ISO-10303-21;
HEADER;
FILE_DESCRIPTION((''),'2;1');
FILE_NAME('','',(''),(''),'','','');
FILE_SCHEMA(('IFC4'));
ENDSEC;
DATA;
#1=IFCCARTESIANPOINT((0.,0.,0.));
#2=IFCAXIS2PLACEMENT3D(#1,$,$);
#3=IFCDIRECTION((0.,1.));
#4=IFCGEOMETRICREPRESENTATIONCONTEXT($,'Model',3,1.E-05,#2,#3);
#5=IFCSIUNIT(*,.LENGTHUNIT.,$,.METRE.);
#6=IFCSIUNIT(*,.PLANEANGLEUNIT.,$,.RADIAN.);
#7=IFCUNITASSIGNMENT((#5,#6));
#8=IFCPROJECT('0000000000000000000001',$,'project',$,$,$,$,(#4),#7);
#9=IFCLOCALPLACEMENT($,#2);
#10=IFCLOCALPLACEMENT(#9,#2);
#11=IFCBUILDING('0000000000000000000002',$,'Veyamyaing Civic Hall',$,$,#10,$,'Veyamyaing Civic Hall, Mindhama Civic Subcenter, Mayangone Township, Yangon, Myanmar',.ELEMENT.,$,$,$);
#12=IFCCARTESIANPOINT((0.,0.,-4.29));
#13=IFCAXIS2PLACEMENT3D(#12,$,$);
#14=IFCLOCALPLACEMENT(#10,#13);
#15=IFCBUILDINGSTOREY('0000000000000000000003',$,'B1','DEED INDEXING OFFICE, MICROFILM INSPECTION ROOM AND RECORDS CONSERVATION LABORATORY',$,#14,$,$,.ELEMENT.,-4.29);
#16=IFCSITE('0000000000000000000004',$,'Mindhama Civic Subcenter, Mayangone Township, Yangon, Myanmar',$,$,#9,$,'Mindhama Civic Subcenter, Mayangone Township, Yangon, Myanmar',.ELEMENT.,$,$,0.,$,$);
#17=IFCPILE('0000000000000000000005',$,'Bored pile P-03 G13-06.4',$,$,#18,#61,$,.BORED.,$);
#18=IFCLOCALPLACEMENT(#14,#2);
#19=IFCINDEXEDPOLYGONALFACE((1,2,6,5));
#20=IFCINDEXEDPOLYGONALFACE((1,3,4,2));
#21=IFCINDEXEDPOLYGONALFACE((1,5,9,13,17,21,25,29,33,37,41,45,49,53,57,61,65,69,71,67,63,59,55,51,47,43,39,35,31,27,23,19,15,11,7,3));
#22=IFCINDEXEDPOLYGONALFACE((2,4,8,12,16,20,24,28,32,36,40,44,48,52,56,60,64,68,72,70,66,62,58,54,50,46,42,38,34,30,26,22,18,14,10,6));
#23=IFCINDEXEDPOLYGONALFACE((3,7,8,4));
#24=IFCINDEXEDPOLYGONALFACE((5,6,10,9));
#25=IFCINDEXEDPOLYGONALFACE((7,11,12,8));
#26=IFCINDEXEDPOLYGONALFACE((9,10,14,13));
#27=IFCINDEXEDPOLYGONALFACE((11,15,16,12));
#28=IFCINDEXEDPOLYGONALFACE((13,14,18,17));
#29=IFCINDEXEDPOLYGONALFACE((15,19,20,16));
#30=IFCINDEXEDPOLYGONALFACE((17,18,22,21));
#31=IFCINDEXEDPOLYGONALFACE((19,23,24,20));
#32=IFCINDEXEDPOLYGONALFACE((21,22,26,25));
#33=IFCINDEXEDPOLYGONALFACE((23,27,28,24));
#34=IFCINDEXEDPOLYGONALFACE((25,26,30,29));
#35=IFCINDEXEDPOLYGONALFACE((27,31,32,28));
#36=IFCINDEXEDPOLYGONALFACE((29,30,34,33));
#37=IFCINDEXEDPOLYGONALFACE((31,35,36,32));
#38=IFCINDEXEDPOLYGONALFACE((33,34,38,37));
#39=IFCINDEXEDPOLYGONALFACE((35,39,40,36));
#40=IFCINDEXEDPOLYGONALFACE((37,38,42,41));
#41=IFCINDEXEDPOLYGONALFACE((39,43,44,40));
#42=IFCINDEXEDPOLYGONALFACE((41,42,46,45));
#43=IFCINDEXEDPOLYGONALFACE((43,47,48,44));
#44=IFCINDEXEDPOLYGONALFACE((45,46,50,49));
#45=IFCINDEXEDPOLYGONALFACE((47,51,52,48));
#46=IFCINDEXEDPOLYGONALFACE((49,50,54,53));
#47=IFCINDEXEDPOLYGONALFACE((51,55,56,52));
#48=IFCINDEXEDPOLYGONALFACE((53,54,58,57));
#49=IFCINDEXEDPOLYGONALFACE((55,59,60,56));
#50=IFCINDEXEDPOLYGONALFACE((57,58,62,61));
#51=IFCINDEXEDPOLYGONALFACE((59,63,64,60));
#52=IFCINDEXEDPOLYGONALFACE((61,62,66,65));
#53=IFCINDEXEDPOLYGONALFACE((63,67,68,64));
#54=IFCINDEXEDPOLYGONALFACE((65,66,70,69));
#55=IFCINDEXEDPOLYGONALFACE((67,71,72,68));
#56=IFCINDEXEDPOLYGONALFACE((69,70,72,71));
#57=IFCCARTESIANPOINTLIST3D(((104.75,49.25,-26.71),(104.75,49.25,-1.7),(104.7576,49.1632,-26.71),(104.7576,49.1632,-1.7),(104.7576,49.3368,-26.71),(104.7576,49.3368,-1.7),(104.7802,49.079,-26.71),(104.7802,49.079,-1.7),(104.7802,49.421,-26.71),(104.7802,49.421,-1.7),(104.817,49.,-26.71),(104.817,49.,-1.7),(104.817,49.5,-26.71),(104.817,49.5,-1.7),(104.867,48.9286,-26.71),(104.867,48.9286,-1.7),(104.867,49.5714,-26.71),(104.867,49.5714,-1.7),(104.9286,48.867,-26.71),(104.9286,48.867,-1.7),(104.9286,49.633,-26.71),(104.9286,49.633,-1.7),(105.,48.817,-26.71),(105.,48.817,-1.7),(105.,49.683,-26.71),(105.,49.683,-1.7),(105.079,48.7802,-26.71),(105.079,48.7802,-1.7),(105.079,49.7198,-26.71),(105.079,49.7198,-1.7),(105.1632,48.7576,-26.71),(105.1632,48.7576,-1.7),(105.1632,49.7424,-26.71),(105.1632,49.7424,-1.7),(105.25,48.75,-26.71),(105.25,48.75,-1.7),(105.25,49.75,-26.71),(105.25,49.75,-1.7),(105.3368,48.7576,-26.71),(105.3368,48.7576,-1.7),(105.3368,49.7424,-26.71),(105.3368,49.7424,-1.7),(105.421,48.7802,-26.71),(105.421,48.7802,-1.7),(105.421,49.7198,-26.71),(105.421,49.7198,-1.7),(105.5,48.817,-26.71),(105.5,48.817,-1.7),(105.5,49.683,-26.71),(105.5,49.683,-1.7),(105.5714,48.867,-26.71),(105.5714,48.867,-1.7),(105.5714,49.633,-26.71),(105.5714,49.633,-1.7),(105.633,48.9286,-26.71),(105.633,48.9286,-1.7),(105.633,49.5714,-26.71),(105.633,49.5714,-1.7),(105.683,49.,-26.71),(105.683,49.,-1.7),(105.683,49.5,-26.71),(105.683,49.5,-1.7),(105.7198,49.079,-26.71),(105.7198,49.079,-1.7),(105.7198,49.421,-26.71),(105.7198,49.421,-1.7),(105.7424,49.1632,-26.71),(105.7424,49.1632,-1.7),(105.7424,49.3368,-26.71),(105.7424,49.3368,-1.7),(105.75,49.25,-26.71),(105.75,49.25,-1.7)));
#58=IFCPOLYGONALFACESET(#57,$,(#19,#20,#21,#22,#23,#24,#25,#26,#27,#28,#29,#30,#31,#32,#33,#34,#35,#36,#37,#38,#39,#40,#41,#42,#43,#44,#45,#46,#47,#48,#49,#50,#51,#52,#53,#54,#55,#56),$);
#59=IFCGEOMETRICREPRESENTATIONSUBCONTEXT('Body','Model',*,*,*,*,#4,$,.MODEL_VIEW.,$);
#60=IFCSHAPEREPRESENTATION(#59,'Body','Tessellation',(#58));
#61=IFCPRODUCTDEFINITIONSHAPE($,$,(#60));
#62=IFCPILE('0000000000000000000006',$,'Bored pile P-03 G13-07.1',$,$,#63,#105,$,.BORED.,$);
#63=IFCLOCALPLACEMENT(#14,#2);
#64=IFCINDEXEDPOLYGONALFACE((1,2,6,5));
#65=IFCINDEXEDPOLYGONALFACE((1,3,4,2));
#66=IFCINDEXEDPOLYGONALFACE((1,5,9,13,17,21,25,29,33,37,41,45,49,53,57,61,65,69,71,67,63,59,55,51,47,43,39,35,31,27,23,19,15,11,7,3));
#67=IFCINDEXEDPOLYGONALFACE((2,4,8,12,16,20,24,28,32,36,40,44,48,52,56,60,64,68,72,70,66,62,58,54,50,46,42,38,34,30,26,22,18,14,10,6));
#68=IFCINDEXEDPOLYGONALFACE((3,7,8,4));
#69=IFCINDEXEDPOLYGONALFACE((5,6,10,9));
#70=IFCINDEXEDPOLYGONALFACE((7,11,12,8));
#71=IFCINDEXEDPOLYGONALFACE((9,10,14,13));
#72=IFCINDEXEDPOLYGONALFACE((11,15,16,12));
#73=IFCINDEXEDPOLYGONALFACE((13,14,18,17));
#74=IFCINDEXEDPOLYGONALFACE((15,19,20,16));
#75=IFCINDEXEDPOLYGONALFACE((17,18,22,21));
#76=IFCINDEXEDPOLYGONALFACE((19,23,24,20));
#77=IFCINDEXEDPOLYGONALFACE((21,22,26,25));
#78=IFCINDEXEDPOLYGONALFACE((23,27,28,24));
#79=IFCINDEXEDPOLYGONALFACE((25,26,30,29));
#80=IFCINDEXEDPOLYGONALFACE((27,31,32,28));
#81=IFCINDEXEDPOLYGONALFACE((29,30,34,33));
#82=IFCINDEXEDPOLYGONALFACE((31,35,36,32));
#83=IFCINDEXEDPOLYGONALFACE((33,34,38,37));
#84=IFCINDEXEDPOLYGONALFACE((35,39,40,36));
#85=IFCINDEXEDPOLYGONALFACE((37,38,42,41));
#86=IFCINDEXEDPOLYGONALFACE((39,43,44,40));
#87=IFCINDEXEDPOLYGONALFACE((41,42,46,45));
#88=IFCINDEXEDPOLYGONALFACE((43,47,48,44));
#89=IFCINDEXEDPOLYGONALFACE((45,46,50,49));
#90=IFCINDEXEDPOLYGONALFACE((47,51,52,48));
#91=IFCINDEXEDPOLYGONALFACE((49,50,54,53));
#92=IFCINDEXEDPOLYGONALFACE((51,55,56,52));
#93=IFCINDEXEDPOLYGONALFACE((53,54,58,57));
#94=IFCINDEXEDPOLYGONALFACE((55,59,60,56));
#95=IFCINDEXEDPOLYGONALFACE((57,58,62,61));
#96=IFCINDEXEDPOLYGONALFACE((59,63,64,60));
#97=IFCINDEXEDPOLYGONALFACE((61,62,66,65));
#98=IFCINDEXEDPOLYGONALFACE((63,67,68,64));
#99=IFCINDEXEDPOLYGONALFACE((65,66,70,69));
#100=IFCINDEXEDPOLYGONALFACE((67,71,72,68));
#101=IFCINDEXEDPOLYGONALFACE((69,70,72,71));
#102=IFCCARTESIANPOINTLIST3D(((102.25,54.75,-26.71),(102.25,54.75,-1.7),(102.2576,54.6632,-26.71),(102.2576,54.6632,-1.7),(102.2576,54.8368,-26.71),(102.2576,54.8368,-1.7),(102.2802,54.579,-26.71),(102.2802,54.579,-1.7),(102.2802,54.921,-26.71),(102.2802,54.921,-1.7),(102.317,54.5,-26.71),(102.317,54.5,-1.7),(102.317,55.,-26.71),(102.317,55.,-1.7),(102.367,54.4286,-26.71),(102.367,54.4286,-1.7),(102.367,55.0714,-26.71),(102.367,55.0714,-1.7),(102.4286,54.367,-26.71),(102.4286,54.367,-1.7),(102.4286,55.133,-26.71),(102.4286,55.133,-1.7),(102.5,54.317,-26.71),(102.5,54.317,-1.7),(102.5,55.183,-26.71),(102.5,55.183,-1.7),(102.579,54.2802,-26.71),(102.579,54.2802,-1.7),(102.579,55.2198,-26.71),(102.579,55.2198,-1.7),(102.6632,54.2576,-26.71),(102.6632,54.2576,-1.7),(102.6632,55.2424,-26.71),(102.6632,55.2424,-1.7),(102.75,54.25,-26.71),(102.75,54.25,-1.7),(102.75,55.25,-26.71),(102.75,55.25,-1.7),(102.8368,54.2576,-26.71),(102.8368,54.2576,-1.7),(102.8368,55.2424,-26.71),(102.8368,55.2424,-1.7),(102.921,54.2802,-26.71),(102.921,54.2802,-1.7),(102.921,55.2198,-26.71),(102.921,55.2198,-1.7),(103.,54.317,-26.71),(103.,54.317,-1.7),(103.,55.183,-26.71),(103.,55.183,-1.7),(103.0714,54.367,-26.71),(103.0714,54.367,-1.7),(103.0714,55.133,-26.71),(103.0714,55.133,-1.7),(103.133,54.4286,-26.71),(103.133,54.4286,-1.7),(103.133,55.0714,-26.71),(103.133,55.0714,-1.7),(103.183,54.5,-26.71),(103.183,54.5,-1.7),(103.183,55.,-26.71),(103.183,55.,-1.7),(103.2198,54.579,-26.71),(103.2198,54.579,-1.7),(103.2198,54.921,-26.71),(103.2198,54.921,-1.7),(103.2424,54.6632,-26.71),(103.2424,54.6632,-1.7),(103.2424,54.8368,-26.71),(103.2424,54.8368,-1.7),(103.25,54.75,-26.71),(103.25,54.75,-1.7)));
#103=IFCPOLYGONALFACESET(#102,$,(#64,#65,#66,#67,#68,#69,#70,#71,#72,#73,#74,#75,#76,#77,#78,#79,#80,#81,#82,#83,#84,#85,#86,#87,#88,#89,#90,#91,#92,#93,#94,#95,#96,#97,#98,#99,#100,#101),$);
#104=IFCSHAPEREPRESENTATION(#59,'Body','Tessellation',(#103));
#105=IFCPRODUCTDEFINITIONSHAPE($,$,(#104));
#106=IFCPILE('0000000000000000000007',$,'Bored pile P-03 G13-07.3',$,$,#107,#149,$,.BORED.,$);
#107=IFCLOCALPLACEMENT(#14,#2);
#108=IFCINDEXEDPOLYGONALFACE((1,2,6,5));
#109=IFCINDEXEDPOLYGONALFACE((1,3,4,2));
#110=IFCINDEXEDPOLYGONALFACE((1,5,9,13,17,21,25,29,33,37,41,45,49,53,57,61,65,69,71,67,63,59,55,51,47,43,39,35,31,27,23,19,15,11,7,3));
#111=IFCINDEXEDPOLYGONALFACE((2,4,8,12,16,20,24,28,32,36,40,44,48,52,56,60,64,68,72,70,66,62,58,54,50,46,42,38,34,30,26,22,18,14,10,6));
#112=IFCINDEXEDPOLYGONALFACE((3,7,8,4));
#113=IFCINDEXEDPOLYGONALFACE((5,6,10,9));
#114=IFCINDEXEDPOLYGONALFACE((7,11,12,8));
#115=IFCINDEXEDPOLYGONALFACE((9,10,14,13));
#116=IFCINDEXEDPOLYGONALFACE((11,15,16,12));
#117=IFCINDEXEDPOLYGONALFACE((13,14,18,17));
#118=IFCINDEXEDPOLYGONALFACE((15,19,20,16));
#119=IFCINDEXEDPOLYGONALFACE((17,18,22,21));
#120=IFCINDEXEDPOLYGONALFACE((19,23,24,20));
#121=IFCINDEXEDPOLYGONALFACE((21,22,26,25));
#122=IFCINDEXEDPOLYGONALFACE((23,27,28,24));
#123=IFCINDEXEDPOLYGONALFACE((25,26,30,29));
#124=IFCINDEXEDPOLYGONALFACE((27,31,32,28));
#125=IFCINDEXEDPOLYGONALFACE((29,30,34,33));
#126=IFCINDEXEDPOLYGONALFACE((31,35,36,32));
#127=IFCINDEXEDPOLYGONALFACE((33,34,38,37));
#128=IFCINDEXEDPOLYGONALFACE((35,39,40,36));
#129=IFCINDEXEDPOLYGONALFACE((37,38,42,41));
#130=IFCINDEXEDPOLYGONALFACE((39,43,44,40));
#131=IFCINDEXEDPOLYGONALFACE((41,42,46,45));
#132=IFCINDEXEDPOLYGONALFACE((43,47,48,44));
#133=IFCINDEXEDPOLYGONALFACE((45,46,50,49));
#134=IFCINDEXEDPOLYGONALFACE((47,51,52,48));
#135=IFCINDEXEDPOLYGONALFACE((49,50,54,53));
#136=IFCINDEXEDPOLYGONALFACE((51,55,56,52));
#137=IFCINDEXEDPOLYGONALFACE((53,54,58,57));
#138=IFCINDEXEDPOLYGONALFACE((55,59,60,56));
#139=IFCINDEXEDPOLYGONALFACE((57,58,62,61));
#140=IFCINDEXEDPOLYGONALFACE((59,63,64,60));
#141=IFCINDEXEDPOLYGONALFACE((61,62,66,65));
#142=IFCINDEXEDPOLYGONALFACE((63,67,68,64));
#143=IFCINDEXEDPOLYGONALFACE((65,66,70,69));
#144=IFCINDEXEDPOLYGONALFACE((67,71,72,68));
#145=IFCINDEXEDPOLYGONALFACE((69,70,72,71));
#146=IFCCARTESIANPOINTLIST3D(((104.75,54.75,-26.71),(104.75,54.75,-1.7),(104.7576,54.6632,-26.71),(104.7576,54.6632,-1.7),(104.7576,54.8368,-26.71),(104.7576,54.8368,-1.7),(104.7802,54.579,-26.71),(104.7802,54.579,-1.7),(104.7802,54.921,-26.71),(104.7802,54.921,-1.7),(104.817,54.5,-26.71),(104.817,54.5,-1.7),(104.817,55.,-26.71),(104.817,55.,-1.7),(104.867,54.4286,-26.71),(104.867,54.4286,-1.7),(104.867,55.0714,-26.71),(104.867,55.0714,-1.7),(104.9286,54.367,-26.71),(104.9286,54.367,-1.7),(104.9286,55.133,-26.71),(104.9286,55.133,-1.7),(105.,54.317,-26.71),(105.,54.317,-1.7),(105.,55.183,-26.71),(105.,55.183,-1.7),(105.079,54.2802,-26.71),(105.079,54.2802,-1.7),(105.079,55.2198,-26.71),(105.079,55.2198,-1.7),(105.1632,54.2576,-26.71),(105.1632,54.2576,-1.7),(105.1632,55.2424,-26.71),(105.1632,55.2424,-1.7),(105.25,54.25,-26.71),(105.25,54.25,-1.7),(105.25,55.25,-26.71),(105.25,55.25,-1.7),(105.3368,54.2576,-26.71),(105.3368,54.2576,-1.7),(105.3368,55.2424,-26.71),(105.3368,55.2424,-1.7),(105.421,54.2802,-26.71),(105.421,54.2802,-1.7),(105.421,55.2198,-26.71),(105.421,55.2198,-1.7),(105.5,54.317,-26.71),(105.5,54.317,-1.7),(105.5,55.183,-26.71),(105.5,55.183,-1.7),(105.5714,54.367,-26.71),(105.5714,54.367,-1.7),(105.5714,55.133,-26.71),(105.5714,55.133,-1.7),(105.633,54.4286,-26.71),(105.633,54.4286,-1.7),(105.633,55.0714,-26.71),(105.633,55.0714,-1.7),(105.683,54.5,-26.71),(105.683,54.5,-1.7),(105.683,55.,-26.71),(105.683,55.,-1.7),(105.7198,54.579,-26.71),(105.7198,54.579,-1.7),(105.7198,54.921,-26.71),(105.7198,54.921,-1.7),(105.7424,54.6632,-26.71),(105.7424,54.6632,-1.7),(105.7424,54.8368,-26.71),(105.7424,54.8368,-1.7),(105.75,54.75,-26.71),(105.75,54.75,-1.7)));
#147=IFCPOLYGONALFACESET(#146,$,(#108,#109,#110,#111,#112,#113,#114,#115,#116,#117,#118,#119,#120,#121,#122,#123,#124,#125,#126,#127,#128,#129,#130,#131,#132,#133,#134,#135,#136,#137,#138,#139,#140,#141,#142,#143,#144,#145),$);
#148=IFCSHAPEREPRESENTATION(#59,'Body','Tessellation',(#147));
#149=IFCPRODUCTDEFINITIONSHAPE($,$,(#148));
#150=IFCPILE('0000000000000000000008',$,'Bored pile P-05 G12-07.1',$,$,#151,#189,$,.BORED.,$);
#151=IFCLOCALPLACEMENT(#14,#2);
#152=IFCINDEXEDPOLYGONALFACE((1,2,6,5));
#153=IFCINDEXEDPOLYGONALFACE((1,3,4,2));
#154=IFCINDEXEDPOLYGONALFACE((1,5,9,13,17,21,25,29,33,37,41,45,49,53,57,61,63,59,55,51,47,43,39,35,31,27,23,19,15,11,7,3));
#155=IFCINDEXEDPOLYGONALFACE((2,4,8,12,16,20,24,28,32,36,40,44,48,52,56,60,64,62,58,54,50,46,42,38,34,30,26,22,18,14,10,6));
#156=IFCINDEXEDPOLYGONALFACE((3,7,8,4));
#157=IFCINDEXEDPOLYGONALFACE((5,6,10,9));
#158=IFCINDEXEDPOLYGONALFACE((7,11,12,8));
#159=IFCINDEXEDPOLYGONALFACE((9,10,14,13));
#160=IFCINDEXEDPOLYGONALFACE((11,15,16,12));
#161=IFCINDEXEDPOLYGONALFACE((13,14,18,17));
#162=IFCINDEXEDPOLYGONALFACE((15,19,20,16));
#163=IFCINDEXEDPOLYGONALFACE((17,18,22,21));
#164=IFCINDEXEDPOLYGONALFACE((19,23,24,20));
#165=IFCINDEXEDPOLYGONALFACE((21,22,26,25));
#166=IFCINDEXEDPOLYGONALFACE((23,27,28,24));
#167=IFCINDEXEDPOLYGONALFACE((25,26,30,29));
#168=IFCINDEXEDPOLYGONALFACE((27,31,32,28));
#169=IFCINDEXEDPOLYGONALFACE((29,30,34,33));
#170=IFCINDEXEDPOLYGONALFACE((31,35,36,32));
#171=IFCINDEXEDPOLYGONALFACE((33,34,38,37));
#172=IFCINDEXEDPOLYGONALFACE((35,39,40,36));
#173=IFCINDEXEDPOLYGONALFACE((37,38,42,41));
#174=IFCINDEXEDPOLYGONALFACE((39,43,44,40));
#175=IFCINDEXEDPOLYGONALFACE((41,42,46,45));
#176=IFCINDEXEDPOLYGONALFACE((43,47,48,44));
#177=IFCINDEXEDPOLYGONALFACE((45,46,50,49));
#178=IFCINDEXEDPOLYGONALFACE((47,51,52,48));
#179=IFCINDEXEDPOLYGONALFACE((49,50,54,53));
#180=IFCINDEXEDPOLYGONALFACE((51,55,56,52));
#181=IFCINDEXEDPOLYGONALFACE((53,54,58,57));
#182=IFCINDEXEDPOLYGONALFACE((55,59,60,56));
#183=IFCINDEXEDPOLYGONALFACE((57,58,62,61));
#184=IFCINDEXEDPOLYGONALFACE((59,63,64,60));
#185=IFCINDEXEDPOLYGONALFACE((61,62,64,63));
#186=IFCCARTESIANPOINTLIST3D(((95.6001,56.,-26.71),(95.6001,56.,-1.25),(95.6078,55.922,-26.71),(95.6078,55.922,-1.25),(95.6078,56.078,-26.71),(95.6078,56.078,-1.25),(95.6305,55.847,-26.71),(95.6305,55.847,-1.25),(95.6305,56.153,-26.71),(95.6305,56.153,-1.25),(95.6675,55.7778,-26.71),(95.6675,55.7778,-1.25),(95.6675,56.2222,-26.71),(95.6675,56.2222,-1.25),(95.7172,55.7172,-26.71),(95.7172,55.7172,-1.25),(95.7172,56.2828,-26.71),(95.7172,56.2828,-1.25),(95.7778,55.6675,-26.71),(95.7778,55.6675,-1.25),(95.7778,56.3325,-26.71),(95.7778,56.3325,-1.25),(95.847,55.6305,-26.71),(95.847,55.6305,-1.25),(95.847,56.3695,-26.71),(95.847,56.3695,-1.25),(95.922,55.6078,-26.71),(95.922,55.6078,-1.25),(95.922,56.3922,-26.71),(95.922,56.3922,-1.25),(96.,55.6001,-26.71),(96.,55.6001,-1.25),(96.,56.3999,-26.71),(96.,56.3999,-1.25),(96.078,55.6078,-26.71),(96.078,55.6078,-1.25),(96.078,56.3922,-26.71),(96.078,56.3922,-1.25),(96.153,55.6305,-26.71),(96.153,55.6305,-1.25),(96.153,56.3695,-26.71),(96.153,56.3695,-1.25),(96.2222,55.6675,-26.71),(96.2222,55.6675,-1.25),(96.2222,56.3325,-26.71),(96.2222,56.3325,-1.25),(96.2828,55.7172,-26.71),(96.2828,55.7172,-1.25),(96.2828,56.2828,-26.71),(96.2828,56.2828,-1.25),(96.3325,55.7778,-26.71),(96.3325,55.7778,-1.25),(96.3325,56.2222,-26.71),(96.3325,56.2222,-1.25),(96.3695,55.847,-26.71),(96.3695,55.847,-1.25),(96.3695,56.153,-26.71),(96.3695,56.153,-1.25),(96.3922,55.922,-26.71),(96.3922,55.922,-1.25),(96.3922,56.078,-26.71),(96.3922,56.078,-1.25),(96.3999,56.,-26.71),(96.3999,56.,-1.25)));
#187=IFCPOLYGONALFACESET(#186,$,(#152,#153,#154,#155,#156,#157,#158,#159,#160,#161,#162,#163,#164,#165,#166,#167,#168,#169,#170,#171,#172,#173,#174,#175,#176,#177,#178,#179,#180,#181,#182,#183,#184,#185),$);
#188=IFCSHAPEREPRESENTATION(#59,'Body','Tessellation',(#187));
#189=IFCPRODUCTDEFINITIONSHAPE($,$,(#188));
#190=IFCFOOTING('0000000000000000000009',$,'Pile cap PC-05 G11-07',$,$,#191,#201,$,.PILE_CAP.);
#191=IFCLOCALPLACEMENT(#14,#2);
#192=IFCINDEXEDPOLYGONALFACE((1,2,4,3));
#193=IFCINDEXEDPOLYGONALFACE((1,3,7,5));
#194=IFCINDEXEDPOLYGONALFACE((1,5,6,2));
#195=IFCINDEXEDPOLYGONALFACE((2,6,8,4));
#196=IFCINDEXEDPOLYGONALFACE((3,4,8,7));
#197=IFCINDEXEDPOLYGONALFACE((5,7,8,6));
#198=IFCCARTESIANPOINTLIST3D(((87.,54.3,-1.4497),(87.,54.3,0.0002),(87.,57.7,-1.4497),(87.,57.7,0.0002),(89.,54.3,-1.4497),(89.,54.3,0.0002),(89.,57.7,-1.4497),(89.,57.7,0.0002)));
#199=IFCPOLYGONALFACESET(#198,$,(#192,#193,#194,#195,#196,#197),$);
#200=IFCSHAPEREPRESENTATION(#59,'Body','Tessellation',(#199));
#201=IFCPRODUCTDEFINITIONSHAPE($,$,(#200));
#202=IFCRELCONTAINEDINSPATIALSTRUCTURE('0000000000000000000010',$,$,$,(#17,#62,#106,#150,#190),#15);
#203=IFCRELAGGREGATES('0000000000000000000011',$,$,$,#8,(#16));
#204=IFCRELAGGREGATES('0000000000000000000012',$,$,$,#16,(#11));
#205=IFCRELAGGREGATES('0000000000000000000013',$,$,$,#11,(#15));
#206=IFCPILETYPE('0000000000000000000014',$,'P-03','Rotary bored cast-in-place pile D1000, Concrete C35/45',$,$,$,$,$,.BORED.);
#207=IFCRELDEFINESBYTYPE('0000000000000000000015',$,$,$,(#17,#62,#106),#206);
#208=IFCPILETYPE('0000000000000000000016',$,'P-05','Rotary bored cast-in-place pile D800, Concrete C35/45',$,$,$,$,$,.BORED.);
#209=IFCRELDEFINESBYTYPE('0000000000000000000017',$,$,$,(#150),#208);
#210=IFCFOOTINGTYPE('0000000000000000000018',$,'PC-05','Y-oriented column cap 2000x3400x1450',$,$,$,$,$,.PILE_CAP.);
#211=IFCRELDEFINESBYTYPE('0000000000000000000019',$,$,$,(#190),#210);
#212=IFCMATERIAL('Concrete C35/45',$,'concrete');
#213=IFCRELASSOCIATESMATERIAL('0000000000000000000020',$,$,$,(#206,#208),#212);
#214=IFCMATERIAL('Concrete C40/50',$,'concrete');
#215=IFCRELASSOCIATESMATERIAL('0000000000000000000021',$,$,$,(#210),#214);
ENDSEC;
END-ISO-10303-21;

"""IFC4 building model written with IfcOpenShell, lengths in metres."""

from ifc_helpers import new_model, si_unit, direction, frame, origin, origin_2d, place, context, subcontext, project, spatial, rectangle, circle, extrude, material, material_profile, profile_set, type_object, element, save


model = new_model("IFC4")

# Units and contexts
model_context = context("Model", 3, precision=1e-05, world=origin(), true_north=direction((0.0, 1.0)))
body_context = subcontext(model_context, "Body", "Model", "MODEL_VIEW")
ifc_project = project(units=[si_unit("LENGTHUNIT", "METRE"), si_unit("PLANEANGLEUNIT", "RADIAN")], contexts=[model_context])

# Site, building, storey
site_placement = place(None, origin())
site = spatial("IfcSite", under=ifc_project, at=site_placement, Name="Mindhama Civic Subcenter, Mayangone Township, Yangon, Myanmar", LongName="Mindhama Civic Subcenter, Mayangone Township, Yangon, Myanmar", CompositionType="ELEMENT", RefElevation=0.0)
building_placement = place(site_placement, origin())
building = spatial("IfcBuilding", under=site, at=building_placement, Name="Veyamyaing Civic Hall", LongName="Veyamyaing Civic Hall, Mindhama Civic Subcenter, Mayangone Township, Yangon, Myanmar", CompositionType="ELEMENT")
storey_placement = place(building_placement, frame((0.0, 0.0, -4.29)))
storey = spatial("IfcBuildingStorey", under=building, at=storey_placement, Name="B1", Description="DEED INDEXING OFFICE, MICROFILM INSPECTION ROOM AND RECORDS CONSERVATION LABORATORY", CompositionType="ELEMENT", Elevation=-4.29)

# Shared definitions
ifc_material_1 = material(Name="Concrete C40/50", Category="concrete")

# Piles
ifc_material_2 = material(Name="Concrete C35/45", Category="concrete")
ifc_material_profile_1 = material_profile(ifc_material_2, circle(Radius=0.5, at=origin_2d()), Name="PILE-D1000")
ifc_profile_set_1 = profile_set([ifc_material_profile_1], Name="Concrete C35/45")
pile_type_1 = type_object("IfcPileType", Name="P-03", Description="Rotary bored cast-in-place pile D1000, Concrete C35/45", PredefinedType="BORED", material=ifc_profile_set_1)
for number, where, z_axis, x_axis, name in (
    (1, (105.25, 49.25, -1.7), (0.0, 0.0, -1.0), (1.0, 0.0, 0.0), "Bored pile P-03 G13-06.4"),
    (2, (102.75, 54.75, -1.7), (0.0, 0.0, -1.0), (1.0, 0.0, 0.0), "Bored pile P-03 G13-07.1"),
    (3, (105.25, 54.75, -1.7), (0.0, 0.0, -1.0), (1.0, 0.0, 0.0), "Bored pile P-03 G13-07.3"),
):
    element("IfcPile", number, at=place(storey_placement, frame(where, z_axis=z_axis, x_axis=x_axis)), inside=storey, type_object=pile_type_1, Name=name, PredefinedType="BORED", context=body_context, shape_type="SweptSolid", body=[
        extrude(circle(Radius=0.5, at=origin_2d()), origin(), (0.0, 0.0, 1.0), 25.01),
    ])
ifc_material_profile_2 = material_profile(ifc_material_2, circle(Radius=0.3999, at=origin_2d()), Name="PILE-D800")
ifc_profile_set_2 = profile_set([ifc_material_profile_2], Name="Concrete C35/45")
pile_type_2 = type_object("IfcPileType", Name="P-05", Description="Rotary bored cast-in-place pile D800, Concrete C35/45", PredefinedType="BORED", material=ifc_profile_set_2)
pile_1_placement = place(storey_placement, frame((96.0, 56.0, -1.25), z_axis=(0.0, 0.0, -1.0), x_axis=(1.0, 0.0, 0.0)))
element("IfcPile", 4, at=pile_1_placement, inside=storey, type_object=pile_type_2, Name="Bored pile P-05 G12-07.1", PredefinedType="BORED", context=body_context, shape_type="SweptSolid", body=[
    extrude(circle(Radius=0.3999, at=origin_2d()), origin(), (0.0, 0.0, 1.0), 25.46),
])

# Footing
footing_type_1 = type_object("IfcFootingType", Name="PC-05", Description="Y-oriented column cap 2000x3400x1450", PredefinedType="PILE_CAP", material=ifc_material_1)
footing_1_placement = place(storey_placement, frame((88.0, 56.0, -1.4497), z_axis=(0.0, 0.0, 1.0), x_axis=(1.0, 0.0, 0.0)))
element("IfcFooting", 5, at=footing_1_placement, inside=storey, type_object=footing_type_1, Name="Pile cap PC-05 G11-07", PredefinedType="PILE_CAP", context=body_context, shape_type="SweptSolid", body=[
    extrude(rectangle(XDim=2.0, YDim=3.3999, at=origin_2d()), origin(), (0.0, 0.0, 1.0), 1.45),
])

save(model, "model.ifc")
